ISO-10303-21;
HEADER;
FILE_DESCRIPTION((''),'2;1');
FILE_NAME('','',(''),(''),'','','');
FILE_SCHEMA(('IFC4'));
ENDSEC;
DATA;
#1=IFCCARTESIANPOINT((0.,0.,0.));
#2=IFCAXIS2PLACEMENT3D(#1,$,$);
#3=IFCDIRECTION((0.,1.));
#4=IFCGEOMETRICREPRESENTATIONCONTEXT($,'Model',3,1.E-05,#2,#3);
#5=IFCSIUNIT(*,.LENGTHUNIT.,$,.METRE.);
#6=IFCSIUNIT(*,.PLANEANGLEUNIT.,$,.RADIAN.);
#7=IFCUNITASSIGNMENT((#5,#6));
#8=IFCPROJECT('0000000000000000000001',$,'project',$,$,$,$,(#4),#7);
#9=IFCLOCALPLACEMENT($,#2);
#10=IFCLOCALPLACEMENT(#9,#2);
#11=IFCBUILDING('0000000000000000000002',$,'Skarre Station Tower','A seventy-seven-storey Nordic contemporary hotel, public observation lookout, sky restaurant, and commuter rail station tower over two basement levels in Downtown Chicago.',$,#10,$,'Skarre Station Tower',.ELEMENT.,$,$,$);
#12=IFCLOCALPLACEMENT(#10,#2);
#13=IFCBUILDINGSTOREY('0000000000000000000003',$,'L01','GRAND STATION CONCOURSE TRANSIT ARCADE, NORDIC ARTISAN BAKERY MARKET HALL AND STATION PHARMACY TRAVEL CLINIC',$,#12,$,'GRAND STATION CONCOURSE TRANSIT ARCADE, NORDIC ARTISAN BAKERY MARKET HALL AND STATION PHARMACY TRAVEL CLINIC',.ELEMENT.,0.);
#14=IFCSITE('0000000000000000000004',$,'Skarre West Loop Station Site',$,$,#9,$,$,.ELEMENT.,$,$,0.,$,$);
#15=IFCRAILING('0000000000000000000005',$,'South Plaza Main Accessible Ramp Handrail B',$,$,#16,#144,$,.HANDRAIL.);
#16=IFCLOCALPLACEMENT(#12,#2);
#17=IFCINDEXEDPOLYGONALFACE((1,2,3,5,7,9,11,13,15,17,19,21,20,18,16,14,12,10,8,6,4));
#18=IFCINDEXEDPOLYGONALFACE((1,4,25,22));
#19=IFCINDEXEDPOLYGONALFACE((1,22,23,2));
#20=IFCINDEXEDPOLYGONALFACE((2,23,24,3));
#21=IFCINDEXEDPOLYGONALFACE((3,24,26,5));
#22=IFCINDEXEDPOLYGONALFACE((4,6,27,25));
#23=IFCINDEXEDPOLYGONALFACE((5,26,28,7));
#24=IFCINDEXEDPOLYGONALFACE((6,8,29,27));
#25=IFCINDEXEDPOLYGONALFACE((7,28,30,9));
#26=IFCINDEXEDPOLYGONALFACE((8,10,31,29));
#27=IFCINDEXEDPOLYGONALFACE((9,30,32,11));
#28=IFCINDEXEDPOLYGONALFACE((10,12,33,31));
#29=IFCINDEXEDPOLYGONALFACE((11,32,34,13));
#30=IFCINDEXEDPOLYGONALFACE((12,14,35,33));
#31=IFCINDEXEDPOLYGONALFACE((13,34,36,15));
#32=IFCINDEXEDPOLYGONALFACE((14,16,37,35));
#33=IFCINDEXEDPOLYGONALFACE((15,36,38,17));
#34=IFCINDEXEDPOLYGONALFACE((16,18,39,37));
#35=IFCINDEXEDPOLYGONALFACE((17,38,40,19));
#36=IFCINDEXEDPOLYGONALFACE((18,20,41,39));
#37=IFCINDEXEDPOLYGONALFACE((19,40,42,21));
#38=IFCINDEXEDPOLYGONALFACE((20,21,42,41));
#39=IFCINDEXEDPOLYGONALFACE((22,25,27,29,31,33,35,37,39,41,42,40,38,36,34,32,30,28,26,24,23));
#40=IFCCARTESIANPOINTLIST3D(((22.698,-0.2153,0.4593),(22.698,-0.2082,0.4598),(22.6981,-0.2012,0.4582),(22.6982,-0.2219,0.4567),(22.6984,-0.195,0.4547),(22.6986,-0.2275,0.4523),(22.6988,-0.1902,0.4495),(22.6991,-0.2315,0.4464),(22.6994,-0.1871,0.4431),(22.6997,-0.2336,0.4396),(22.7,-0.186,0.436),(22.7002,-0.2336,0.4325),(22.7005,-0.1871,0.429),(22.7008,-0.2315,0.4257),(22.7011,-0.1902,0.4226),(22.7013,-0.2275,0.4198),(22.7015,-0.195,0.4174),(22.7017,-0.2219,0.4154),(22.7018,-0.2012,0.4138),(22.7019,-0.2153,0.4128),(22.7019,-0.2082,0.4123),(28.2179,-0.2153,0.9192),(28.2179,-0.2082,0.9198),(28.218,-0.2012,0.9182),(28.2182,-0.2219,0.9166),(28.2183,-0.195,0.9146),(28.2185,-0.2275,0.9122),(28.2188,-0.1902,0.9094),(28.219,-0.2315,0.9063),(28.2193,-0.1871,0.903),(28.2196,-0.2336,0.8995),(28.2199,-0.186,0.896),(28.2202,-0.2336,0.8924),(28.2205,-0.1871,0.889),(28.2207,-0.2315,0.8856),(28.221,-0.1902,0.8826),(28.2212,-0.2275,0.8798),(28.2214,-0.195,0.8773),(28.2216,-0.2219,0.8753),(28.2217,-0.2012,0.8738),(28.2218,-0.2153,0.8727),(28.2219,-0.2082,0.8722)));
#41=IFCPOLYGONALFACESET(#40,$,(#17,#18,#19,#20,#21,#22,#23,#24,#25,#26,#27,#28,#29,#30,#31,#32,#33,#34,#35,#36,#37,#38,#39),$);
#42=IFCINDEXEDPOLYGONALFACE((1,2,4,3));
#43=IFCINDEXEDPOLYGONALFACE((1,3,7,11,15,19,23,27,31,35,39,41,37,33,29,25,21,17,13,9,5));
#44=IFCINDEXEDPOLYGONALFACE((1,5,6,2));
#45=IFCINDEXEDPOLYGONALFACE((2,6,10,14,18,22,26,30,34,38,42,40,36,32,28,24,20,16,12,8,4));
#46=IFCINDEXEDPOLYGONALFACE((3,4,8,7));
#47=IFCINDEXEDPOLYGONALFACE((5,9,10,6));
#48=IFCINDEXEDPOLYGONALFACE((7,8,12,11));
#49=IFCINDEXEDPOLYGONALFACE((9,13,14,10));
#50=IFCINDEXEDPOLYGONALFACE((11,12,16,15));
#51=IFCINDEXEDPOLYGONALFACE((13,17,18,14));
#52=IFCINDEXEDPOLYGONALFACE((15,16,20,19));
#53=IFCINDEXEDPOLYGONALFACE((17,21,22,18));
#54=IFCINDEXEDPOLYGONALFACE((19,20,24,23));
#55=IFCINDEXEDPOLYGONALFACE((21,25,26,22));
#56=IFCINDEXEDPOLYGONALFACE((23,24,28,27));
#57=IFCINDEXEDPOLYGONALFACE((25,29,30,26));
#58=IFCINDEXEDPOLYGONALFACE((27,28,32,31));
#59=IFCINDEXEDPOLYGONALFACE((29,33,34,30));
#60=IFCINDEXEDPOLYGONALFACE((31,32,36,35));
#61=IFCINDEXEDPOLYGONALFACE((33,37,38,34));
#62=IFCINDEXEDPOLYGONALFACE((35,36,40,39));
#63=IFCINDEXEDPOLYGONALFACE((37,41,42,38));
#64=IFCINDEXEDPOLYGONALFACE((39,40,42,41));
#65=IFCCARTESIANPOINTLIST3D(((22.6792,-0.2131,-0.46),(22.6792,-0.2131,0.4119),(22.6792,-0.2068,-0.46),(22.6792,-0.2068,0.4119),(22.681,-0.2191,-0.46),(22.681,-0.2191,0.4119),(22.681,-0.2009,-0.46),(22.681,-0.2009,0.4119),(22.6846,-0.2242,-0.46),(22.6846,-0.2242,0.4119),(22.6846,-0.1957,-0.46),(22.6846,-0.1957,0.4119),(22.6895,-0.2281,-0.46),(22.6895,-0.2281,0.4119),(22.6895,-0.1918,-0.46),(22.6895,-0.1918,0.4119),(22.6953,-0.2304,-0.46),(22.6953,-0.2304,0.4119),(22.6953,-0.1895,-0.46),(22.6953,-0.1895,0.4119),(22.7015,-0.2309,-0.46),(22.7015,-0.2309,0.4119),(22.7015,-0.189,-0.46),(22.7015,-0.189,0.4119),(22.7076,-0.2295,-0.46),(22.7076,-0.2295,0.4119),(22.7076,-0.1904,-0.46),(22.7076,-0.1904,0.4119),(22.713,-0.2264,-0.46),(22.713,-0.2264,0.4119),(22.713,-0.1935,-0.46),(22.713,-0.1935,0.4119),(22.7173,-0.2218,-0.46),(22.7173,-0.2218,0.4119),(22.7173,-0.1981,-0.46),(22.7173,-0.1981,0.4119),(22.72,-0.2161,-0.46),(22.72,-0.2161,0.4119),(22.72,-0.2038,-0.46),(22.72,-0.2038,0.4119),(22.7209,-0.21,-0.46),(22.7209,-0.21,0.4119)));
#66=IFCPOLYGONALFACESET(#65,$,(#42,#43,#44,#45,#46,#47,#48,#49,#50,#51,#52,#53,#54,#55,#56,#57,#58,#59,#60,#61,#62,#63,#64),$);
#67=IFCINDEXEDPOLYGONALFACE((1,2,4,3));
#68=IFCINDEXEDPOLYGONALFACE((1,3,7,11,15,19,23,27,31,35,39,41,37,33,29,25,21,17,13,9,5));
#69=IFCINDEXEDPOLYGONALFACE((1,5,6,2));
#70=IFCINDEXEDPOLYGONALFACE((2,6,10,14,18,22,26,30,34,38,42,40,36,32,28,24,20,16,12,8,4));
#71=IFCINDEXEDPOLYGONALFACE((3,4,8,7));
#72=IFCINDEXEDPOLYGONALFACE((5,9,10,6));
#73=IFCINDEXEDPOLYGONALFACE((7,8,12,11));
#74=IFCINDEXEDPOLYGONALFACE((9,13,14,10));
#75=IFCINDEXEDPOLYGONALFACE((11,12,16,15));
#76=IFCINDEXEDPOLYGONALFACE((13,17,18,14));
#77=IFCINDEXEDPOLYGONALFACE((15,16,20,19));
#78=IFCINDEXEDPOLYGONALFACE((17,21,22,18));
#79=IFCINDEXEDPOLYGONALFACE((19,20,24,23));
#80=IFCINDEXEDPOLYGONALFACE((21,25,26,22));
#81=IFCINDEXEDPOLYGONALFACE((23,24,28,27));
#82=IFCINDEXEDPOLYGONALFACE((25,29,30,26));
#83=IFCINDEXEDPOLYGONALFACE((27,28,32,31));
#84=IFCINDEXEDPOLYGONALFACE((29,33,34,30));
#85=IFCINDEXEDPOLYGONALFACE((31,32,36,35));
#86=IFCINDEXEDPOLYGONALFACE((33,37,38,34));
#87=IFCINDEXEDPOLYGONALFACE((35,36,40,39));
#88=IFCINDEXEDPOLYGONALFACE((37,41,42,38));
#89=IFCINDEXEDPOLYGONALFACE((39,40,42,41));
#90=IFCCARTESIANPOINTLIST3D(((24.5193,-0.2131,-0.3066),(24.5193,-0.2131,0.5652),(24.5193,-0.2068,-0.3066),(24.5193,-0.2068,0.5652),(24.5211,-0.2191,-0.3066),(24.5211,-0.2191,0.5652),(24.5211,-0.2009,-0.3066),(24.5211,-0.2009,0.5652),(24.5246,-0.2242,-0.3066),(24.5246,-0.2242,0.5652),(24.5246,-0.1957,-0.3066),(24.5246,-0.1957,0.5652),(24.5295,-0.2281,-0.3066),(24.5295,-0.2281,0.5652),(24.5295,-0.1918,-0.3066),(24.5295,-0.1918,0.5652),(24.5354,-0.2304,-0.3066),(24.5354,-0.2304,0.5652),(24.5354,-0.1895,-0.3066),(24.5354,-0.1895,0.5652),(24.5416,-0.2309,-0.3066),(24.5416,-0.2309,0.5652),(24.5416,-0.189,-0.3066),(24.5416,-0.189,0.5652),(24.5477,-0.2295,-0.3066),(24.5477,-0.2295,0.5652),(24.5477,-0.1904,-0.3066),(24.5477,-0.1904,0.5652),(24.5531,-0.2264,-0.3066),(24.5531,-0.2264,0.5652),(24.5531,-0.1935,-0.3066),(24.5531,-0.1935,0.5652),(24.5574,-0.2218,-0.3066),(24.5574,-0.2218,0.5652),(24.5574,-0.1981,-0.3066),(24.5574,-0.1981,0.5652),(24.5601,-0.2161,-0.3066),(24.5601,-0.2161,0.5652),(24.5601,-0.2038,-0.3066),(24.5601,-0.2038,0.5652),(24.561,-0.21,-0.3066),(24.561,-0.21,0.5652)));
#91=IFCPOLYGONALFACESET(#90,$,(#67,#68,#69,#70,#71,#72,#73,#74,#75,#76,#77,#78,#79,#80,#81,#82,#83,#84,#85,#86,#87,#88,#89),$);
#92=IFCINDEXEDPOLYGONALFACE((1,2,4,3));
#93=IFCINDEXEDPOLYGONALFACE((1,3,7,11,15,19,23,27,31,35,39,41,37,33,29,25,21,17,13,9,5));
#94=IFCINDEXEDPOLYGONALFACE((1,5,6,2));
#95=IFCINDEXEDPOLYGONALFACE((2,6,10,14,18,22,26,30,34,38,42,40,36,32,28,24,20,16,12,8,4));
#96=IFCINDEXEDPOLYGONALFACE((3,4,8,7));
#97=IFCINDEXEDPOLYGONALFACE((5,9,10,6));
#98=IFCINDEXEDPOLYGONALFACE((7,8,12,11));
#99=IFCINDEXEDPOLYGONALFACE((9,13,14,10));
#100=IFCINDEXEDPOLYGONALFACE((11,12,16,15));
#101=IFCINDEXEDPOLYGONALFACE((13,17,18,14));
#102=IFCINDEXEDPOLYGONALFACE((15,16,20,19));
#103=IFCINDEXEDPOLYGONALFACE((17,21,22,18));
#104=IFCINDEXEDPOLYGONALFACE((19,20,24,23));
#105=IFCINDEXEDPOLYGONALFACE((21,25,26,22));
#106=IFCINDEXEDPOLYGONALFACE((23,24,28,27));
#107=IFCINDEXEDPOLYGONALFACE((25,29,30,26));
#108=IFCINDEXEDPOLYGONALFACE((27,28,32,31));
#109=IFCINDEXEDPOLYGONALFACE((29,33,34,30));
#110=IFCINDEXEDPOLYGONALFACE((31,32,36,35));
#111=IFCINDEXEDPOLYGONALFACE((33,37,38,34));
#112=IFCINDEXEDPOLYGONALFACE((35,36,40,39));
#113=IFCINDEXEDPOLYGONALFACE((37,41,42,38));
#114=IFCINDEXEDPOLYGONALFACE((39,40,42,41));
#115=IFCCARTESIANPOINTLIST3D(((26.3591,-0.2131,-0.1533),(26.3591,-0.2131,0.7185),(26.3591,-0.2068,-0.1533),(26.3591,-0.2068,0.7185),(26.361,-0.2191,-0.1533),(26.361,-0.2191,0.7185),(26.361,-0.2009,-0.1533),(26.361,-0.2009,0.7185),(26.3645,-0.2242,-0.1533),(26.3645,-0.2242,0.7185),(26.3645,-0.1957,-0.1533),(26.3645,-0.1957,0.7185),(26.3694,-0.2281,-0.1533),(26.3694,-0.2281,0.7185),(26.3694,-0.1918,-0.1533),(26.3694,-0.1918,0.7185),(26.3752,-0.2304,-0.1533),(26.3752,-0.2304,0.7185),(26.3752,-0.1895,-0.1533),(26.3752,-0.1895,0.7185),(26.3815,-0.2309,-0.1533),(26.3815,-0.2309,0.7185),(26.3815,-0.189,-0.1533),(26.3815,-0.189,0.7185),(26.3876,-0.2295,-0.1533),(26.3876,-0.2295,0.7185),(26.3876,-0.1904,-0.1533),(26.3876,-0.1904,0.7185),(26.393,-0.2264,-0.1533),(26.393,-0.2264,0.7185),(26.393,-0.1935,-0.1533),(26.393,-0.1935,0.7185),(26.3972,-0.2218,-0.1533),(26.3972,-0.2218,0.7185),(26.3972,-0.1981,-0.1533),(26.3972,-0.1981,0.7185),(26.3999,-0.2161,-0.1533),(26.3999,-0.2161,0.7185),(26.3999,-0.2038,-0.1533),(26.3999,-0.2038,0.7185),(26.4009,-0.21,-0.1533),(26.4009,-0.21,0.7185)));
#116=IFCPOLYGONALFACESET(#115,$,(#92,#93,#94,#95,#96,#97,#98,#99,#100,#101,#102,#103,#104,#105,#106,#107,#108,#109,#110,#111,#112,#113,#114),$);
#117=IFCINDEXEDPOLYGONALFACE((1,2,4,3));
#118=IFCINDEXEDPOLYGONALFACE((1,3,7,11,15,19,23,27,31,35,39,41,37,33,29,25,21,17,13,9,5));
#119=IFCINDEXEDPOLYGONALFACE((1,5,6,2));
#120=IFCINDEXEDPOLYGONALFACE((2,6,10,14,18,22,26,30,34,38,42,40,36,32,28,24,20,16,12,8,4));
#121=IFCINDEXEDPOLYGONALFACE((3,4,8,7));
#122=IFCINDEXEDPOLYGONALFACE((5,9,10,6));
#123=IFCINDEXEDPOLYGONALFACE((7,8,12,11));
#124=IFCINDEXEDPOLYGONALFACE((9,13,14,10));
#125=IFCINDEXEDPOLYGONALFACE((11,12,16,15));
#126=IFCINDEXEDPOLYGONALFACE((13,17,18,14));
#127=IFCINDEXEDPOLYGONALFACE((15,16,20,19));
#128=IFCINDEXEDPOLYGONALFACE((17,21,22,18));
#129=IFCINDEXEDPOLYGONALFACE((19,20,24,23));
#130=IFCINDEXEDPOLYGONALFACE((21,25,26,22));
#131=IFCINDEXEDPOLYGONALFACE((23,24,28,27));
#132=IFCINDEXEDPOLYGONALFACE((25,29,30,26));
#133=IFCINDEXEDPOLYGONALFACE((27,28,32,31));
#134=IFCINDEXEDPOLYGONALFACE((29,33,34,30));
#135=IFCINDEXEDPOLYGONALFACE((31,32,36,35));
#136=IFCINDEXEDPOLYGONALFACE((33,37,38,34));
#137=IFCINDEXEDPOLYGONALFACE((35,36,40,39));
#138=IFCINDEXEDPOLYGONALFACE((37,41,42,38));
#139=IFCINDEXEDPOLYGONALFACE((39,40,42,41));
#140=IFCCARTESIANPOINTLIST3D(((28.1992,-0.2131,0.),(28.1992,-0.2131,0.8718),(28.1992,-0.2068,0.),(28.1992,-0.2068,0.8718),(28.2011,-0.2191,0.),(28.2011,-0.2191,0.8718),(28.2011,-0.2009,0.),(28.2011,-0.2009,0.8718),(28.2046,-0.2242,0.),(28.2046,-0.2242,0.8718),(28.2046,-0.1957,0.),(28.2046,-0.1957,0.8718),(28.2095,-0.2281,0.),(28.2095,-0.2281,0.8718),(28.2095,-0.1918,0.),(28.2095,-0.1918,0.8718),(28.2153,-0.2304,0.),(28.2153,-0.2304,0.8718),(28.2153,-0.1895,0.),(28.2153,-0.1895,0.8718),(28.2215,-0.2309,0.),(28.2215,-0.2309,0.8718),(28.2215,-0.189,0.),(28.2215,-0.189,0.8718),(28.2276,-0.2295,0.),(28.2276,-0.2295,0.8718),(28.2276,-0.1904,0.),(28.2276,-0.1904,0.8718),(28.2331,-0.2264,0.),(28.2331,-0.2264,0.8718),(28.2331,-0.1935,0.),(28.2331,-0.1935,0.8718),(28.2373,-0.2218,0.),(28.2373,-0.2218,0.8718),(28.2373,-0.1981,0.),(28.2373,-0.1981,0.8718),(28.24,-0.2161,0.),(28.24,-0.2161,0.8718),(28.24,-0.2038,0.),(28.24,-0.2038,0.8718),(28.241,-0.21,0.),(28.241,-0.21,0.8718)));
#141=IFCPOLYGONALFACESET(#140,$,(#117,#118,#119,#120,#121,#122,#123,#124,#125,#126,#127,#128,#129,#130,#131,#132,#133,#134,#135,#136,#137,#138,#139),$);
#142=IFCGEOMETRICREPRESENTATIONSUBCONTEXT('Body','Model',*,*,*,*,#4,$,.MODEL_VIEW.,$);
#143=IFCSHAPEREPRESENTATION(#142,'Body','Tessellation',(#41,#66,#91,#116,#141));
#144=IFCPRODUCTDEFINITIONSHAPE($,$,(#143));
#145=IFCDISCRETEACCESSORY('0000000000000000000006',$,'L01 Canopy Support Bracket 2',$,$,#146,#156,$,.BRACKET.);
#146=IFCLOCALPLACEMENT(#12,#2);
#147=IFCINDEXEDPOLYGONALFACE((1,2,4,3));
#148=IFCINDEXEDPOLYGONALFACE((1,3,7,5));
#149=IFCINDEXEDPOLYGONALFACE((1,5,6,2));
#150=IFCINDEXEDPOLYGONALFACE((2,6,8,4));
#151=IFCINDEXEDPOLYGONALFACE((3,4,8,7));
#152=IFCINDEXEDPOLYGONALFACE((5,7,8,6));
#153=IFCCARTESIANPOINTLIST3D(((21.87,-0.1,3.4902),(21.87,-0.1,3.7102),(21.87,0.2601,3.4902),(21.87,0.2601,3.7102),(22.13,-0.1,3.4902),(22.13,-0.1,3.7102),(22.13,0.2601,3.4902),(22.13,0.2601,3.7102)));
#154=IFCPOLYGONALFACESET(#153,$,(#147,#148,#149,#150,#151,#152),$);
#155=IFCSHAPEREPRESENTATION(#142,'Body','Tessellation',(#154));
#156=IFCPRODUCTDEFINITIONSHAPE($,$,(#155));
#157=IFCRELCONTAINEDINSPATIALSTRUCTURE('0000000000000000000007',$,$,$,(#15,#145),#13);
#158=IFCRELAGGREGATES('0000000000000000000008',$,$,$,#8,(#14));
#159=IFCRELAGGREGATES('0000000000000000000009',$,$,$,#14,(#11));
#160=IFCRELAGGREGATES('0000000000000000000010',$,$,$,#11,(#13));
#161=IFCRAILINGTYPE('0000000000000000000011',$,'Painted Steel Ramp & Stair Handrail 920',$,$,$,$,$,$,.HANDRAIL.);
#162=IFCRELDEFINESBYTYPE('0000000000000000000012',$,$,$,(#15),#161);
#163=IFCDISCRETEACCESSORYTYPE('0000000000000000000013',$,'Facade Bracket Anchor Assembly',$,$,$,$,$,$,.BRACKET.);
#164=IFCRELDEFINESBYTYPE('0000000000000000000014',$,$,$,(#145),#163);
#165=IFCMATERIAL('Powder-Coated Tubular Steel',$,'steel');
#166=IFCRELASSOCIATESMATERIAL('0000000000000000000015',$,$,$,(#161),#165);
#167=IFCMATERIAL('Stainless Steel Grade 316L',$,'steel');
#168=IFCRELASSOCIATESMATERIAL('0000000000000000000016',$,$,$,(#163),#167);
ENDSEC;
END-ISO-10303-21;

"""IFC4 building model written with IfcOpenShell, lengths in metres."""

from ifc_helpers import new_model, si_unit, direction, frame, origin, origin_2d, place, context, subcontext, project, spatial, rectangle, circle, extrude, material, type_object, element, save


model = new_model("IFC4")

# Units and contexts
model_context = context("Model", 3, precision=1e-05, world=origin(), true_north=direction((0.0, 1.0)))
body_context = subcontext(model_context, "Body", "Model", "MODEL_VIEW")
ifc_project = project(units=[si_unit("LENGTHUNIT", "METRE"), si_unit("PLANEANGLEUNIT", "RADIAN")], contexts=[model_context])

# Site, building, storey
site_placement = place(None, origin())
site = spatial("IfcSite", under=ifc_project, at=site_placement, Name="Skarre West Loop Station Site", CompositionType="ELEMENT", RefElevation=0.0)
building_placement = place(site_placement, origin())
building = spatial("IfcBuilding", under=site, at=building_placement, Name="Skarre Station Tower", Description="A seventy-seven-storey Nordic contemporary hotel, public observation lookout, sky restaurant, and commuter rail station tower over two basement levels in Downtown Chicago.", LongName="Skarre Station Tower", CompositionType="ELEMENT")
storey_placement = place(building_placement, origin())
storey = spatial("IfcBuildingStorey", under=building, at=storey_placement, Name="L01", Description="GRAND STATION CONCOURSE TRANSIT ARCADE, NORDIC ARTISAN BAKERY MARKET HALL AND STATION PHARMACY TRAVEL CLINIC", LongName="GRAND STATION CONCOURSE TRANSIT ARCADE, NORDIC ARTISAN BAKERY MARKET HALL AND STATION PHARMACY TRAVEL CLINIC", CompositionType="ELEMENT", Elevation=0.0)

# Railing
ifc_material_1 = material(Name="Powder-Coated Tubular Steel", Category="steel")
railing_type = type_object("IfcRailingType", Name="Painted Steel Ramp & Stair Handrail 920", PredefinedType="HANDRAIL", material=ifc_material_1)
for number, where, name in (
    (1, (22.7, -0.21, -0.46), "South Plaza Main Accessible Ramp Handrail B"),
):
    element("IfcRailing", number, at=place(storey_placement, frame(where)), inside=storey, type_object=railing_type, Name=name, PredefinedType="HANDRAIL", context=body_context, shape_type="SweptSolid", body=[
        extrude(circle(Radius=0.0239, at=origin_2d()), frame((0.0, 0.0, 0.896), z_axis=(0.996546, 0.0, 0.083038), x_axis=(0.0, 1.0, 0.0)), (0.0, 0.0, 1.0), 5.5391),
        extrude(circle(Radius=0.021, at=origin_2d()), origin(), (0.0, 0.0, 1.0), 0.8718),
        extrude(circle(Radius=0.021, at=origin_2d()), frame((1.8401, 0.0, 0.1533)), (0.0, 0.0, 1.0), 0.8718),
        extrude(circle(Radius=0.021, at=origin_2d()), frame((3.6799, 0.0, 0.3066)), (0.0, 0.0, 1.0), 0.8718),
        extrude(circle(Radius=0.021, at=origin_2d()), frame((5.52, 0.0, 0.46)), (0.0, 0.0, 1.0), 0.8718),
    ])

# Discrete accessory
ifc_material_2 = material(Name="Stainless Steel Grade 316L", Category="steel")
discrete_accessory_type = type_object("IfcDiscreteAccessoryType", Name="Facade Bracket Anchor Assembly", PredefinedType="BRACKET", material=ifc_material_2)
discrete_accessory_placement = place(storey_placement, frame((22.0, 0.0801, 3.4902), z_axis=(0.0, 0.0, 1.0), x_axis=(1.0, 0.0, 0.0)))
element("IfcDiscreteAccessory", 2, at=discrete_accessory_placement, inside=storey, type_object=discrete_accessory_type, Name="L01 Canopy Support Bracket 2", PredefinedType="BRACKET", context=body_context, shape_type="SweptSolid", body=[
    extrude(rectangle(XDim=0.26, YDim=0.3601, at=origin_2d()), origin(), (0.0, 0.0, 1.0), 0.22),
])

save(model, "model.ifc")
